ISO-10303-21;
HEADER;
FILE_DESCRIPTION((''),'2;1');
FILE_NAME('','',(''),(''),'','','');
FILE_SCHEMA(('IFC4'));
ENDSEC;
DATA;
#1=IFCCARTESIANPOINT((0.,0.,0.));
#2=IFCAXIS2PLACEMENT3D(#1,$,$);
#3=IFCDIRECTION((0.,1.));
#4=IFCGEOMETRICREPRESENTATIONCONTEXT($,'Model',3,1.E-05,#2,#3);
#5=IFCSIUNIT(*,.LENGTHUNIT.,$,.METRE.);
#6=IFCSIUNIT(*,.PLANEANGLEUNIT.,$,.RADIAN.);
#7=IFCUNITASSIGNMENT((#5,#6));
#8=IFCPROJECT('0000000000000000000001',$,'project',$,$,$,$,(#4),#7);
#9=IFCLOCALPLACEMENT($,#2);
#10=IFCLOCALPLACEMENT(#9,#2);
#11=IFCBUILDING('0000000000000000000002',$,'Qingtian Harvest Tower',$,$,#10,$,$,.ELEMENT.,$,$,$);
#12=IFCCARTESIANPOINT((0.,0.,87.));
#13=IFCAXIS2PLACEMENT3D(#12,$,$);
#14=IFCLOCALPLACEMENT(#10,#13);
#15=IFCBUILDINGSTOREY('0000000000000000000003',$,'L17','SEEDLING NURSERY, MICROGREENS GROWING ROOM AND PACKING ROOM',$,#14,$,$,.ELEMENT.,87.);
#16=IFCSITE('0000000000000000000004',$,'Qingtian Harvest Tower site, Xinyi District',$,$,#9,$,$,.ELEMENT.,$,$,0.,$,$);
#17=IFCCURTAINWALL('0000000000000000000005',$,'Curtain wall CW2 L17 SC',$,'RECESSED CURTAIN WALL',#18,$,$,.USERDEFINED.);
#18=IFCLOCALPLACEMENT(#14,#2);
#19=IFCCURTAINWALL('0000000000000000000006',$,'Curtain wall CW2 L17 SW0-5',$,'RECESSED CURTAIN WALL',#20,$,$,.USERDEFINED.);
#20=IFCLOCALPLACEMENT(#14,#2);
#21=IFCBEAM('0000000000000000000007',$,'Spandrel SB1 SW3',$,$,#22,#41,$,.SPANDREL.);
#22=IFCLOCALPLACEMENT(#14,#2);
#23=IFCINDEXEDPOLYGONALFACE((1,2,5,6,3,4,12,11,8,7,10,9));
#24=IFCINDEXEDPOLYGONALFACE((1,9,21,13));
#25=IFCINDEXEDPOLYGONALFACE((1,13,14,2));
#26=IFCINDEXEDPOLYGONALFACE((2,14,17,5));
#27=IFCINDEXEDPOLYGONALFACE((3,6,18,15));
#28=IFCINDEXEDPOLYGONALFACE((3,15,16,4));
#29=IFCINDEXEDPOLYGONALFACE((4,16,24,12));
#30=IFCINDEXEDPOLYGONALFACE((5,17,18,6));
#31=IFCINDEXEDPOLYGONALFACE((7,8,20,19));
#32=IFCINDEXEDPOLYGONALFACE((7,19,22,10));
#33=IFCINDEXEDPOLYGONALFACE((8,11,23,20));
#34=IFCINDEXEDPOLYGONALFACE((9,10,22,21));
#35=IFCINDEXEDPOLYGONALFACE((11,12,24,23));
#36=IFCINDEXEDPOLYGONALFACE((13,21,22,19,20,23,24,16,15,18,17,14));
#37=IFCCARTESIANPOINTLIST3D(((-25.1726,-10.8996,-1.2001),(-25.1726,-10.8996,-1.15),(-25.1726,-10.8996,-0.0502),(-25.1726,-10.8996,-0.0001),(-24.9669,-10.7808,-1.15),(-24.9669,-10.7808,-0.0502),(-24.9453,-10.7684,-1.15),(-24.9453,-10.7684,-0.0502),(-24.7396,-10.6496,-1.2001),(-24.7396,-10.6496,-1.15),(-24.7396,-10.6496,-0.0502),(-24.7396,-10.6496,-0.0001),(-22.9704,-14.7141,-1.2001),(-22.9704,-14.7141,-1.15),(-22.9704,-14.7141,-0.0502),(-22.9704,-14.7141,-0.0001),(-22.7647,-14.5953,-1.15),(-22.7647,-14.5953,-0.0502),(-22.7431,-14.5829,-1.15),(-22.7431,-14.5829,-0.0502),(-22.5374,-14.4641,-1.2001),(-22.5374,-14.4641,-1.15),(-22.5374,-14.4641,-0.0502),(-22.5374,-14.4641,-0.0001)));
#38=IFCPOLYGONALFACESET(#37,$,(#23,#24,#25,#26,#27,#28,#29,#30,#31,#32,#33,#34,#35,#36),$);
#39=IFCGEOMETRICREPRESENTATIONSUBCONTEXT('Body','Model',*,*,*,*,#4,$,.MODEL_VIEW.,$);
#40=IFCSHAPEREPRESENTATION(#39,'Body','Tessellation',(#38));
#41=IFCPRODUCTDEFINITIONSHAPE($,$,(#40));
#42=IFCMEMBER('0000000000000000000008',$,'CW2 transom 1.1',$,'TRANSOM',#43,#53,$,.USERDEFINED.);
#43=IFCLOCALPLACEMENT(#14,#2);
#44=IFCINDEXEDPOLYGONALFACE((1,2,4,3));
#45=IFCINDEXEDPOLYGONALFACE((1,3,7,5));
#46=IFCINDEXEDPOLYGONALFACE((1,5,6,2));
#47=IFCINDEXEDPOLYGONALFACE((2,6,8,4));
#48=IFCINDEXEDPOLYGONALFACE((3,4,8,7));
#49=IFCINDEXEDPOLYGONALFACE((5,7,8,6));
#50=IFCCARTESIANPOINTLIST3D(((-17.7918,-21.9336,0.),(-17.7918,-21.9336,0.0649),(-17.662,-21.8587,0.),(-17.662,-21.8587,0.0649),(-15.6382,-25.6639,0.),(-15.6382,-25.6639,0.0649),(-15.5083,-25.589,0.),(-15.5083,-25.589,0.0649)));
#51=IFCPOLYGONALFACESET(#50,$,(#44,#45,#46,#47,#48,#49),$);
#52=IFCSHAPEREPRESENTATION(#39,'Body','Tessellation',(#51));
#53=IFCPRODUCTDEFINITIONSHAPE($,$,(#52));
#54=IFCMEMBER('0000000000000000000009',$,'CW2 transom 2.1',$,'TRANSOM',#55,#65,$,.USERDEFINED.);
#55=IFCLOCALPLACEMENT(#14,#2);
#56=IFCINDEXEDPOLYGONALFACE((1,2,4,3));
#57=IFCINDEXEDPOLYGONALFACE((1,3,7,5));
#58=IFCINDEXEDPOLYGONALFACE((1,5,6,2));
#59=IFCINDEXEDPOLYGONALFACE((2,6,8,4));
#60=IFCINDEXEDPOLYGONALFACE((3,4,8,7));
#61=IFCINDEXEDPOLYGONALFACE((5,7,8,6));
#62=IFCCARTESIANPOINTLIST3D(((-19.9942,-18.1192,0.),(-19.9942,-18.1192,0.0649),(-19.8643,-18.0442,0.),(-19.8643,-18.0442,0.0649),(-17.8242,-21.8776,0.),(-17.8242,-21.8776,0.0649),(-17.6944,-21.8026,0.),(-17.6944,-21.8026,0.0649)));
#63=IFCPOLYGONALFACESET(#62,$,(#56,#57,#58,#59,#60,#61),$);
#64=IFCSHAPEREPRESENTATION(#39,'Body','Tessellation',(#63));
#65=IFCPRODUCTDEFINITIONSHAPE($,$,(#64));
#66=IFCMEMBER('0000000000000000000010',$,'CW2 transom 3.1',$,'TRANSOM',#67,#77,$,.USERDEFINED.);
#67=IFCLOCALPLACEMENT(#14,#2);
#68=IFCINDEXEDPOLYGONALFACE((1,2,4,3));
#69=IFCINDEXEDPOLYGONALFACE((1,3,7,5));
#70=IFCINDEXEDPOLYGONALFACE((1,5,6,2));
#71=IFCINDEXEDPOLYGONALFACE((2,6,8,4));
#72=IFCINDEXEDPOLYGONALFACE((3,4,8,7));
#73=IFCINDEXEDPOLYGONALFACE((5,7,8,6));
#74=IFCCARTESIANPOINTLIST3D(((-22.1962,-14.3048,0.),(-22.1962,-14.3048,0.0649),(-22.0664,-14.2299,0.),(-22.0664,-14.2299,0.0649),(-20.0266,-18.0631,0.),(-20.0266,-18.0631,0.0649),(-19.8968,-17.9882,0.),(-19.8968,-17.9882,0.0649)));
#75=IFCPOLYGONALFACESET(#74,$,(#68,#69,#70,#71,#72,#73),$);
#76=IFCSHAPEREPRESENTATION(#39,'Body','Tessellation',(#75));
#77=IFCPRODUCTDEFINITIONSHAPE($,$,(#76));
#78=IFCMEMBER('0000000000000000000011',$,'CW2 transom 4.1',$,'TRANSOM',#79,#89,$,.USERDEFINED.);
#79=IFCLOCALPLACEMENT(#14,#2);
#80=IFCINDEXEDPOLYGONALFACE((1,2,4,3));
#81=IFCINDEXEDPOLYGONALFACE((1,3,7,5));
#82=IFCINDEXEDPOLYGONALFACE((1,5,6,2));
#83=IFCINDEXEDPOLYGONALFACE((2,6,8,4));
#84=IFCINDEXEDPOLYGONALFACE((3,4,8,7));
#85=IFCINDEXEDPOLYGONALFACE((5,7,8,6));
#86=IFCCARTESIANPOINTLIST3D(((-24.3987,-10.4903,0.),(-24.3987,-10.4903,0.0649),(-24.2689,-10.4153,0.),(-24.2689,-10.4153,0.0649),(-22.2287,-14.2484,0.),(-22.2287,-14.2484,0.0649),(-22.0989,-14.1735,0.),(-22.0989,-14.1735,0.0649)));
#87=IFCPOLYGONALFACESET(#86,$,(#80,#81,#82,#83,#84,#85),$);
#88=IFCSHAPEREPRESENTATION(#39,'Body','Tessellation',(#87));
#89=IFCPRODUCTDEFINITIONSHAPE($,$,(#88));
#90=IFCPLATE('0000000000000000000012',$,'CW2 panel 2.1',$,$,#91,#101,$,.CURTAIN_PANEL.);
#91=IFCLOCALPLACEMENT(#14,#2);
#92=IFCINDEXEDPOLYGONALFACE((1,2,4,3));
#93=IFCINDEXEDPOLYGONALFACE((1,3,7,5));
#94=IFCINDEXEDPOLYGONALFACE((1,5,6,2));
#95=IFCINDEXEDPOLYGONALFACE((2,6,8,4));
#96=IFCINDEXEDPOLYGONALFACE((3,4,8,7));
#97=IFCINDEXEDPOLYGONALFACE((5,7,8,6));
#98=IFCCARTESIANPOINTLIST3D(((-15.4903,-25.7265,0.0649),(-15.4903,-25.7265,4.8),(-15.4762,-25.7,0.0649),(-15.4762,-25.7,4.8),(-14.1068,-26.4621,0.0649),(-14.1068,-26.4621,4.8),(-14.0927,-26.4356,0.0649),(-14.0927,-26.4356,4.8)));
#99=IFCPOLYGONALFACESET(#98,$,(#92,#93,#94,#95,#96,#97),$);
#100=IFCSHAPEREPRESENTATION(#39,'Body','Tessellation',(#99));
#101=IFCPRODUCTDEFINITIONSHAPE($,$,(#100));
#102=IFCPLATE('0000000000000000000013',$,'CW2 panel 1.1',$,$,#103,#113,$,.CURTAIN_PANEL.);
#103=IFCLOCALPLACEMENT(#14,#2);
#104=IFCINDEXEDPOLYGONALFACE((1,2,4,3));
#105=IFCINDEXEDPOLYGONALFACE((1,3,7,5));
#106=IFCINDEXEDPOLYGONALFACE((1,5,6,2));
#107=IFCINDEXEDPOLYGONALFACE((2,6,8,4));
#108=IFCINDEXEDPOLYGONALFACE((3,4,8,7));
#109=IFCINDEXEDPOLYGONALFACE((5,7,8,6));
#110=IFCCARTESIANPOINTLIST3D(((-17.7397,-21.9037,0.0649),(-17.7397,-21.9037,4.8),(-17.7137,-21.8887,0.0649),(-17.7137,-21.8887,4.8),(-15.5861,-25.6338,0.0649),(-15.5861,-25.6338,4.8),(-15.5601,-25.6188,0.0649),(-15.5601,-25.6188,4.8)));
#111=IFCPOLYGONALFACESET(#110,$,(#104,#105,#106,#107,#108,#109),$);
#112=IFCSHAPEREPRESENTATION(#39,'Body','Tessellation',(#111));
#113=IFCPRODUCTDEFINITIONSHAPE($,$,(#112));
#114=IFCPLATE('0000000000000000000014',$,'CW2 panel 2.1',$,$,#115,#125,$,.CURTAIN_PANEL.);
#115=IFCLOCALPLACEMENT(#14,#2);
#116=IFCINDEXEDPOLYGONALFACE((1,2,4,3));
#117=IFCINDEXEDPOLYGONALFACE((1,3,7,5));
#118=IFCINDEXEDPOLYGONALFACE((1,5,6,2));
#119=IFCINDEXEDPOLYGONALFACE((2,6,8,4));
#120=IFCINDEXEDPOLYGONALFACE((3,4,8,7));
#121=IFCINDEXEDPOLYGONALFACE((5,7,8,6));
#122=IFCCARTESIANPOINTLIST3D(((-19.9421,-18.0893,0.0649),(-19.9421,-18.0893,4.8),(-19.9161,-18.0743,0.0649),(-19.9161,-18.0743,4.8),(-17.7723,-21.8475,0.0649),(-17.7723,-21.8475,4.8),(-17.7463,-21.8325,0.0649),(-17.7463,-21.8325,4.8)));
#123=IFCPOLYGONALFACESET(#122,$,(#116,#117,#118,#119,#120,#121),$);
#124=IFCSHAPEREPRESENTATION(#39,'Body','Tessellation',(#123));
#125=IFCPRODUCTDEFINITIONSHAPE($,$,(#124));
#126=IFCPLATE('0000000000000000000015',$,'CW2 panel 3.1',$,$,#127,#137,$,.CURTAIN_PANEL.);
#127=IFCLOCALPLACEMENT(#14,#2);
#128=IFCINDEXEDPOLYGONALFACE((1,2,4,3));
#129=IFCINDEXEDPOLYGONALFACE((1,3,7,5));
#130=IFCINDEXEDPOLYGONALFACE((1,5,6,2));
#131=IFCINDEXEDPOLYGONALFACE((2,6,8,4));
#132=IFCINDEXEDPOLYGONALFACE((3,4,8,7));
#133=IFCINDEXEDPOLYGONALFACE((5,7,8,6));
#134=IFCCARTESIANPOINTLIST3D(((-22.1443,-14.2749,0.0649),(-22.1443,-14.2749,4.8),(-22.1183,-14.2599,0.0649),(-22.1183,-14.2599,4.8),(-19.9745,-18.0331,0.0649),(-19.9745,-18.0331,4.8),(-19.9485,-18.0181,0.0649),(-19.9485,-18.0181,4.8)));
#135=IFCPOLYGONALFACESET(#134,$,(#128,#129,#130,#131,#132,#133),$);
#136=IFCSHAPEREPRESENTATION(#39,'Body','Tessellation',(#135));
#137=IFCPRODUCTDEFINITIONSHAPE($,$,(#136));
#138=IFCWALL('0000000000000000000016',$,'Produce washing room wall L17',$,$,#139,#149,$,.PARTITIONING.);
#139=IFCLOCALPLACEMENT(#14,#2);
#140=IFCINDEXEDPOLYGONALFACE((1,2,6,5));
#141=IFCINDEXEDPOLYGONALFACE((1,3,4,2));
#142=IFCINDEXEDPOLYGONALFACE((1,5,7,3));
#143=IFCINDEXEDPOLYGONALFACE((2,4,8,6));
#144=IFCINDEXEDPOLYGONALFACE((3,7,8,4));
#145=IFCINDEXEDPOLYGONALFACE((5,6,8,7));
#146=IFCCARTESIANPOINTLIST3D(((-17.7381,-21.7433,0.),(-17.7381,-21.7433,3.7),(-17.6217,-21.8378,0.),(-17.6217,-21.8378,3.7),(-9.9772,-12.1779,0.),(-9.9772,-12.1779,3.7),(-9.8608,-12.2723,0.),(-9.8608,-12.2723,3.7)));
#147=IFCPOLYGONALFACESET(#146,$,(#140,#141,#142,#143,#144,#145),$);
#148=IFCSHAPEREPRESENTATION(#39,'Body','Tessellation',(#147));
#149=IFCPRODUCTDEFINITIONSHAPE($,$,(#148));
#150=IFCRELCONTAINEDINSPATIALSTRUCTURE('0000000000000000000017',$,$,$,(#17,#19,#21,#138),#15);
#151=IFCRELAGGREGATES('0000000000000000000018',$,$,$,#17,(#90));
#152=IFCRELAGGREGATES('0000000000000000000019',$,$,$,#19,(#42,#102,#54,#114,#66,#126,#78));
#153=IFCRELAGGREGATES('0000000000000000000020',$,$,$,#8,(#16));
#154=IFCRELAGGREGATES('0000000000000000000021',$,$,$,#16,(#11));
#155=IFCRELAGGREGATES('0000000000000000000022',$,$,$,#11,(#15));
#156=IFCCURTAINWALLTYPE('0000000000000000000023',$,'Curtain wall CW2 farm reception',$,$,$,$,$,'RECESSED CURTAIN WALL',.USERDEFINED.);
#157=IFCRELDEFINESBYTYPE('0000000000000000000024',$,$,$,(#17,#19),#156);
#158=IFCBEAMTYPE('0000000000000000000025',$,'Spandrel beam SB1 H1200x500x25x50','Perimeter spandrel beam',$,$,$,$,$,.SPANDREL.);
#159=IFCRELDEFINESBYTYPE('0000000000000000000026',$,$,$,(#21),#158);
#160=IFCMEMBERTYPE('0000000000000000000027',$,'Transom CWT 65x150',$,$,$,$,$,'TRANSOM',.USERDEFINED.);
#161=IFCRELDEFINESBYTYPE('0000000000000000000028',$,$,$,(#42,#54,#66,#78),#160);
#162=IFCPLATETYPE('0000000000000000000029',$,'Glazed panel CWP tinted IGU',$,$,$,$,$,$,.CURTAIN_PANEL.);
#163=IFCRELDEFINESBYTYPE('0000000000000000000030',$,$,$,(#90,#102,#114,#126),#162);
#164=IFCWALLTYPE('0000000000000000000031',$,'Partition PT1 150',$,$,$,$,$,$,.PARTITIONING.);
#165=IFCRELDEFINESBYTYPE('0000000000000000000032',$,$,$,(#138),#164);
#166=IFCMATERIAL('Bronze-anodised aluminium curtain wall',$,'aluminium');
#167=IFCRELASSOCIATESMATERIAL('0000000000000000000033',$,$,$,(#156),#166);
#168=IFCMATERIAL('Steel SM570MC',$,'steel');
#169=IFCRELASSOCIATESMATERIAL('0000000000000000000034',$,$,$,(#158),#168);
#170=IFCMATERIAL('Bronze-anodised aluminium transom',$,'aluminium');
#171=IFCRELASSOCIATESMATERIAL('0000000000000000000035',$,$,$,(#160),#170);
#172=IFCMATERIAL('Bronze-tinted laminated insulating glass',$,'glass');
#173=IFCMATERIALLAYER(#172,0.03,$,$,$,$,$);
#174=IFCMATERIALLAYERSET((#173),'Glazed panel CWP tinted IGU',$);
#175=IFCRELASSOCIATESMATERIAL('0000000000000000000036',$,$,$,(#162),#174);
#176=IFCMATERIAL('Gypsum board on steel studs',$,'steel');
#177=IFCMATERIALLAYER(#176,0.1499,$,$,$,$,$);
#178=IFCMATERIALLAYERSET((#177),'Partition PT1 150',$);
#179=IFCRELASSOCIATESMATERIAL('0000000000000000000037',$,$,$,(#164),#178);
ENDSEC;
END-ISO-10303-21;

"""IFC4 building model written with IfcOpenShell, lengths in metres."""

from ifc_helpers import new_model, si_unit, direction, frame, frame_2d, origin, origin_2d, place, context, subcontext, project, spatial, rectangle, i_section, extrude, material, layer, layer_set, material_profile, profile_set, type_object, element, aggregate, save


model = new_model("IFC4")

# Units and contexts
model_context = context("Model", 3, precision=1e-05, world=origin(), true_north=direction((0.0, 1.0)))
body_context = subcontext(model_context, "Body", "Model", "MODEL_VIEW")
ifc_project = project(units=[si_unit("LENGTHUNIT", "METRE"), si_unit("PLANEANGLEUNIT", "RADIAN")], contexts=[model_context])

# Site, building, storey
site_placement = place(None, origin())
site = spatial("IfcSite", under=ifc_project, at=site_placement, Name="Qingtian Harvest Tower site, Xinyi District", CompositionType="ELEMENT", RefElevation=0.0)
building_placement = place(site_placement, origin())
building = spatial("IfcBuilding", under=site, at=building_placement, Name="Qingtian Harvest Tower", CompositionType="ELEMENT")
storey_placement = place(building_placement, frame((0.0, 0.0, 87.0)))
storey = spatial("IfcBuildingStorey", under=building, at=storey_placement, Name="L17", Description="SEEDLING NURSERY, MICROGREENS GROWING ROOM AND PACKING ROOM", CompositionType="ELEMENT", Elevation=87.0)

# Curtain wall
ifc_material_1 = material(Name="Bronze-anodised aluminium curtain wall", Category="aluminium")
curtain_wall_type = type_object("IfcCurtainWallType", Name="Curtain wall CW2 farm reception", ElementType="RECESSED CURTAIN WALL", PredefinedType="USERDEFINED", material=ifc_material_1)
curtain_wall_1_placement = place(storey_placement, origin())
curtain_wall_1 = element("IfcCurtainWall", 1, at=curtain_wall_1_placement, inside=storey, type_object=curtain_wall_type, Name="Curtain wall CW2 L17 SC", ObjectType="RECESSED CURTAIN WALL", PredefinedType="USERDEFINED")

# Curtain wall
curtain_wall_2_placement = place(storey_placement, origin())
curtain_wall_2 = element("IfcCurtainWall", 2, at=curtain_wall_2_placement, inside=storey, type_object=curtain_wall_type, Name="Curtain wall CW2 L17 SW0-5", ObjectType="RECESSED CURTAIN WALL", PredefinedType="USERDEFINED")

# Beam
ifc_material_2 = material(Name="Steel SM570MC", Category="steel")
ifc_material_profile_1 = material_profile(ifc_material_2, i_section(OverallWidth=0.5, OverallDepth=1.2, WebThickness=0.0249, FlangeThickness=0.05, at=origin_2d()), Name="H1200x500x25x50")
ifc_profile_set_1 = profile_set([ifc_material_profile_1], Name="Steel SM570MC")
beam_type_1 = type_object("IfcBeamType", Name="Spandrel beam SB1 H1200x500x25x50", Description="Perimeter spandrel beam", PredefinedType="SPANDREL", material=ifc_profile_set_1)
for number, where, z_axis, x_axis, name in (
    (3, (-22.7539, -14.5891, -0.6001), (-0.499978, 0.866038, 0.0), (-0.866038, -0.499978, 0.0), "Spandrel SB1 SW3"),
):
    element("IfcBeam", number, at=place(storey_placement, frame(where, z_axis=z_axis, x_axis=x_axis)), inside=storey, type_object=beam_type_1, Name=name, PredefinedType="SPANDREL", context=body_context, shape_type="SweptSolid", body=[
        extrude(i_section(OverallWidth=0.5, OverallDepth=1.2, WebThickness=0.0249, FlangeThickness=0.05, at=origin_2d()), origin(), (0.0, 0.0, 1.0), 4.4045),
    ])

# Members
ifc_material_3 = material(Name="Bronze-anodised aluminium transom", Category="aluminium")
ifc_material_profile_2 = material_profile(ifc_material_3, rectangle(XDim=0.1499, YDim=0.0649, at=origin_2d()), Name="AL 65x150")
ifc_profile_set_2 = profile_set([ifc_material_profile_2], Name="Bronze-anodised aluminium transom")
member_type_1 = type_object("IfcMemberType", Name="Transom CWT 65x150", ElementType="TRANSOM", PredefinedType="USERDEFINED", material=ifc_profile_set_2)
member_1_placement = place(storey_placement, frame((-15.5732, -25.6265, 0.0325), z_axis=(-0.499986, 0.866034, 0.0), x_axis=(-0.866034, -0.499986, 0.0)))
member_1 = element("IfcMember", 4, at=member_1_placement, type_object=member_type_1, Name="CW2 transom 1.1", ObjectType="TRANSOM", PredefinedType="USERDEFINED", context=body_context, shape_type="SweptSolid", body=[
    extrude(rectangle(XDim=0.1499, YDim=0.0649, at=origin_2d()), origin(), (0.0, 0.0, 1.0), 4.3074),
])
member_2_placement = place(storey_placement, frame((-17.7593, -21.8401, 0.0325), z_axis=(-0.500011, 0.866019, 0.0), x_axis=(-0.866019, -0.500011, 0.0)))
member_2 = element("IfcMember", 5, at=member_2_placement, type_object=member_type_1, Name="CW2 transom 2.1", ObjectType="TRANSOM", PredefinedType="USERDEFINED", context=body_context, shape_type="SweptSolid", body=[
    extrude(rectangle(XDim=0.1499, YDim=0.0649, at=origin_2d()), origin(), (0.0, 0.0, 1.0), 4.3398),
])
member_3_placement = place(storey_placement, frame((-19.9617, -18.0256, 0.0325), z_axis=(-0.499969, 0.866043, 0.0), x_axis=(-0.866043, -0.499969, 0.0)))
member_3 = element("IfcMember", 6, at=member_3_placement, type_object=member_type_1, Name="CW2 transom 3.1", ObjectType="TRANSOM", PredefinedType="USERDEFINED", context=body_context, shape_type="SweptSolid", body=[
    extrude(rectangle(XDim=0.1499, YDim=0.0649, at=origin_2d()), origin(), (0.0, 0.0, 1.0), 4.3396),
])
member_4_placement = place(storey_placement, frame((-22.1638, -14.2109, 0.0325), z_axis=(-0.500036, 0.866005, 0.0), x_axis=(-0.866005, -0.500036, 0.0)))
member_4 = element("IfcMember", 7, at=member_4_placement, type_object=member_type_1, Name="CW2 transom 4.1", ObjectType="TRANSOM", PredefinedType="USERDEFINED", context=body_context, shape_type="SweptSolid", body=[
    extrude(rectangle(XDim=0.1499, YDim=0.0649, at=origin_2d()), origin(), (0.0, 0.0, 1.0), 4.3396),
])

# Plates
ifc_material_4 = material(Name="Bronze-tinted laminated insulating glass", Category="glass")
ifc_layer_1 = layer(ifc_material_4, 0.03)
ifc_layer_set_1 = layer_set([ifc_layer_1], Name="Glazed panel CWP tinted IGU")
plate_type = type_object("IfcPlateType", Name="Glazed panel CWP tinted IGU", PredefinedType="CURTAIN_PANEL", material=ifc_layer_set_1)
plate_1_placement = place(storey_placement, frame((-14.7915, -26.0811, 0.0649), z_axis=(0.0, 0.0, 1.0), x_axis=(-0.882948, 0.469472, 0.0)))
plate_1 = element("IfcPlate", 8, at=plate_1_placement, type_object=plate_type, Name="CW2 panel 2.1", PredefinedType="CURTAIN_PANEL", context=body_context, shape_type="SweptSolid", body=[
    extrude(rectangle(XDim=1.5669, YDim=0.03, at=origin_2d()), origin(), (0.0, 0.0, 1.0), 4.7351),
])
aggregate(curtain_wall_1, [plate_1])
plate_2_placement = place(storey_placement, frame((-16.6499, -23.7612, 0.0649), z_axis=(0.0, 0.0, 1.0), x_axis=(-0.5, 0.866025, 0.0)))
plate_2 = element("IfcPlate", 9, at=plate_2_placement, type_object=plate_type, Name="CW2 panel 1.1", PredefinedType="CURTAIN_PANEL", context=body_context, shape_type="SweptSolid", body=[
    extrude(rectangle(XDim=4.3071, YDim=0.03, at=origin_2d()), origin(), (0.0, 0.0, 1.0), 4.7351),
])
plate_3_placement = place(storey_placement, frame((-18.8442, -19.9609, 0.0649), z_axis=(0.0, 0.0, 1.0), x_axis=(-0.5, 0.866025, 0.0)))
plate_3 = element("IfcPlate", 10, at=plate_3_placement, type_object=plate_type, Name="CW2 panel 2.1", PredefinedType="CURTAIN_PANEL", context=body_context, shape_type="SweptSolid", body=[
    extrude(rectangle(XDim=4.3396, YDim=0.03, at=origin_2d()), origin(), (0.0, 0.0, 1.0), 4.7351),
])
plate_4_placement = place(storey_placement, frame((-21.0464, -16.1465, 0.0649), z_axis=(0.0, 0.0, 1.0), x_axis=(-0.5, 0.866025, 0.0)))
plate_4 = element("IfcPlate", 11, at=plate_4_placement, type_object=plate_type, Name="CW2 panel 3.1", PredefinedType="CURTAIN_PANEL", context=body_context, shape_type="SweptSolid", body=[
    extrude(rectangle(XDim=4.3396, YDim=0.03, at=origin_2d()), origin(), (0.0, 0.0, 1.0), 4.7351),
])
aggregate(curtain_wall_2, [member_1, plate_2, member_2, plate_3, member_3, plate_4, member_4])

# Wall
ifc_material_5 = material(Name="Gypsum board on steel studs", Category="steel")
ifc_layer_2 = layer(ifc_material_5, 0.1499)
ifc_layer_set_2 = layer_set([ifc_layer_2], Name="Partition PT1 150")
wall_type = type_object("IfcWallType", Name="Partition PT1 150", PredefinedType="PARTITIONING", material=ifc_layer_set_2)
wall_placement = place(storey_placement, frame((-17.6799, -21.7905, 0.0), z_axis=(0.0, 0.0, 1.0), x_axis=(0.630058, 0.776548, 0.0)))
element("IfcWall", 12, at=wall_placement, inside=storey, type_object=wall_type, Name="Produce washing room wall L17", PredefinedType="PARTITIONING", context=body_context, shape_type="SweptSolid", body=[
    extrude(rectangle(XDim=12.3179, YDim=0.1499, at=frame_2d((6.1589, 0.0))), origin(), (0.0, 0.0, 1.0), 3.7),
])

save(model, "model.ifc")
